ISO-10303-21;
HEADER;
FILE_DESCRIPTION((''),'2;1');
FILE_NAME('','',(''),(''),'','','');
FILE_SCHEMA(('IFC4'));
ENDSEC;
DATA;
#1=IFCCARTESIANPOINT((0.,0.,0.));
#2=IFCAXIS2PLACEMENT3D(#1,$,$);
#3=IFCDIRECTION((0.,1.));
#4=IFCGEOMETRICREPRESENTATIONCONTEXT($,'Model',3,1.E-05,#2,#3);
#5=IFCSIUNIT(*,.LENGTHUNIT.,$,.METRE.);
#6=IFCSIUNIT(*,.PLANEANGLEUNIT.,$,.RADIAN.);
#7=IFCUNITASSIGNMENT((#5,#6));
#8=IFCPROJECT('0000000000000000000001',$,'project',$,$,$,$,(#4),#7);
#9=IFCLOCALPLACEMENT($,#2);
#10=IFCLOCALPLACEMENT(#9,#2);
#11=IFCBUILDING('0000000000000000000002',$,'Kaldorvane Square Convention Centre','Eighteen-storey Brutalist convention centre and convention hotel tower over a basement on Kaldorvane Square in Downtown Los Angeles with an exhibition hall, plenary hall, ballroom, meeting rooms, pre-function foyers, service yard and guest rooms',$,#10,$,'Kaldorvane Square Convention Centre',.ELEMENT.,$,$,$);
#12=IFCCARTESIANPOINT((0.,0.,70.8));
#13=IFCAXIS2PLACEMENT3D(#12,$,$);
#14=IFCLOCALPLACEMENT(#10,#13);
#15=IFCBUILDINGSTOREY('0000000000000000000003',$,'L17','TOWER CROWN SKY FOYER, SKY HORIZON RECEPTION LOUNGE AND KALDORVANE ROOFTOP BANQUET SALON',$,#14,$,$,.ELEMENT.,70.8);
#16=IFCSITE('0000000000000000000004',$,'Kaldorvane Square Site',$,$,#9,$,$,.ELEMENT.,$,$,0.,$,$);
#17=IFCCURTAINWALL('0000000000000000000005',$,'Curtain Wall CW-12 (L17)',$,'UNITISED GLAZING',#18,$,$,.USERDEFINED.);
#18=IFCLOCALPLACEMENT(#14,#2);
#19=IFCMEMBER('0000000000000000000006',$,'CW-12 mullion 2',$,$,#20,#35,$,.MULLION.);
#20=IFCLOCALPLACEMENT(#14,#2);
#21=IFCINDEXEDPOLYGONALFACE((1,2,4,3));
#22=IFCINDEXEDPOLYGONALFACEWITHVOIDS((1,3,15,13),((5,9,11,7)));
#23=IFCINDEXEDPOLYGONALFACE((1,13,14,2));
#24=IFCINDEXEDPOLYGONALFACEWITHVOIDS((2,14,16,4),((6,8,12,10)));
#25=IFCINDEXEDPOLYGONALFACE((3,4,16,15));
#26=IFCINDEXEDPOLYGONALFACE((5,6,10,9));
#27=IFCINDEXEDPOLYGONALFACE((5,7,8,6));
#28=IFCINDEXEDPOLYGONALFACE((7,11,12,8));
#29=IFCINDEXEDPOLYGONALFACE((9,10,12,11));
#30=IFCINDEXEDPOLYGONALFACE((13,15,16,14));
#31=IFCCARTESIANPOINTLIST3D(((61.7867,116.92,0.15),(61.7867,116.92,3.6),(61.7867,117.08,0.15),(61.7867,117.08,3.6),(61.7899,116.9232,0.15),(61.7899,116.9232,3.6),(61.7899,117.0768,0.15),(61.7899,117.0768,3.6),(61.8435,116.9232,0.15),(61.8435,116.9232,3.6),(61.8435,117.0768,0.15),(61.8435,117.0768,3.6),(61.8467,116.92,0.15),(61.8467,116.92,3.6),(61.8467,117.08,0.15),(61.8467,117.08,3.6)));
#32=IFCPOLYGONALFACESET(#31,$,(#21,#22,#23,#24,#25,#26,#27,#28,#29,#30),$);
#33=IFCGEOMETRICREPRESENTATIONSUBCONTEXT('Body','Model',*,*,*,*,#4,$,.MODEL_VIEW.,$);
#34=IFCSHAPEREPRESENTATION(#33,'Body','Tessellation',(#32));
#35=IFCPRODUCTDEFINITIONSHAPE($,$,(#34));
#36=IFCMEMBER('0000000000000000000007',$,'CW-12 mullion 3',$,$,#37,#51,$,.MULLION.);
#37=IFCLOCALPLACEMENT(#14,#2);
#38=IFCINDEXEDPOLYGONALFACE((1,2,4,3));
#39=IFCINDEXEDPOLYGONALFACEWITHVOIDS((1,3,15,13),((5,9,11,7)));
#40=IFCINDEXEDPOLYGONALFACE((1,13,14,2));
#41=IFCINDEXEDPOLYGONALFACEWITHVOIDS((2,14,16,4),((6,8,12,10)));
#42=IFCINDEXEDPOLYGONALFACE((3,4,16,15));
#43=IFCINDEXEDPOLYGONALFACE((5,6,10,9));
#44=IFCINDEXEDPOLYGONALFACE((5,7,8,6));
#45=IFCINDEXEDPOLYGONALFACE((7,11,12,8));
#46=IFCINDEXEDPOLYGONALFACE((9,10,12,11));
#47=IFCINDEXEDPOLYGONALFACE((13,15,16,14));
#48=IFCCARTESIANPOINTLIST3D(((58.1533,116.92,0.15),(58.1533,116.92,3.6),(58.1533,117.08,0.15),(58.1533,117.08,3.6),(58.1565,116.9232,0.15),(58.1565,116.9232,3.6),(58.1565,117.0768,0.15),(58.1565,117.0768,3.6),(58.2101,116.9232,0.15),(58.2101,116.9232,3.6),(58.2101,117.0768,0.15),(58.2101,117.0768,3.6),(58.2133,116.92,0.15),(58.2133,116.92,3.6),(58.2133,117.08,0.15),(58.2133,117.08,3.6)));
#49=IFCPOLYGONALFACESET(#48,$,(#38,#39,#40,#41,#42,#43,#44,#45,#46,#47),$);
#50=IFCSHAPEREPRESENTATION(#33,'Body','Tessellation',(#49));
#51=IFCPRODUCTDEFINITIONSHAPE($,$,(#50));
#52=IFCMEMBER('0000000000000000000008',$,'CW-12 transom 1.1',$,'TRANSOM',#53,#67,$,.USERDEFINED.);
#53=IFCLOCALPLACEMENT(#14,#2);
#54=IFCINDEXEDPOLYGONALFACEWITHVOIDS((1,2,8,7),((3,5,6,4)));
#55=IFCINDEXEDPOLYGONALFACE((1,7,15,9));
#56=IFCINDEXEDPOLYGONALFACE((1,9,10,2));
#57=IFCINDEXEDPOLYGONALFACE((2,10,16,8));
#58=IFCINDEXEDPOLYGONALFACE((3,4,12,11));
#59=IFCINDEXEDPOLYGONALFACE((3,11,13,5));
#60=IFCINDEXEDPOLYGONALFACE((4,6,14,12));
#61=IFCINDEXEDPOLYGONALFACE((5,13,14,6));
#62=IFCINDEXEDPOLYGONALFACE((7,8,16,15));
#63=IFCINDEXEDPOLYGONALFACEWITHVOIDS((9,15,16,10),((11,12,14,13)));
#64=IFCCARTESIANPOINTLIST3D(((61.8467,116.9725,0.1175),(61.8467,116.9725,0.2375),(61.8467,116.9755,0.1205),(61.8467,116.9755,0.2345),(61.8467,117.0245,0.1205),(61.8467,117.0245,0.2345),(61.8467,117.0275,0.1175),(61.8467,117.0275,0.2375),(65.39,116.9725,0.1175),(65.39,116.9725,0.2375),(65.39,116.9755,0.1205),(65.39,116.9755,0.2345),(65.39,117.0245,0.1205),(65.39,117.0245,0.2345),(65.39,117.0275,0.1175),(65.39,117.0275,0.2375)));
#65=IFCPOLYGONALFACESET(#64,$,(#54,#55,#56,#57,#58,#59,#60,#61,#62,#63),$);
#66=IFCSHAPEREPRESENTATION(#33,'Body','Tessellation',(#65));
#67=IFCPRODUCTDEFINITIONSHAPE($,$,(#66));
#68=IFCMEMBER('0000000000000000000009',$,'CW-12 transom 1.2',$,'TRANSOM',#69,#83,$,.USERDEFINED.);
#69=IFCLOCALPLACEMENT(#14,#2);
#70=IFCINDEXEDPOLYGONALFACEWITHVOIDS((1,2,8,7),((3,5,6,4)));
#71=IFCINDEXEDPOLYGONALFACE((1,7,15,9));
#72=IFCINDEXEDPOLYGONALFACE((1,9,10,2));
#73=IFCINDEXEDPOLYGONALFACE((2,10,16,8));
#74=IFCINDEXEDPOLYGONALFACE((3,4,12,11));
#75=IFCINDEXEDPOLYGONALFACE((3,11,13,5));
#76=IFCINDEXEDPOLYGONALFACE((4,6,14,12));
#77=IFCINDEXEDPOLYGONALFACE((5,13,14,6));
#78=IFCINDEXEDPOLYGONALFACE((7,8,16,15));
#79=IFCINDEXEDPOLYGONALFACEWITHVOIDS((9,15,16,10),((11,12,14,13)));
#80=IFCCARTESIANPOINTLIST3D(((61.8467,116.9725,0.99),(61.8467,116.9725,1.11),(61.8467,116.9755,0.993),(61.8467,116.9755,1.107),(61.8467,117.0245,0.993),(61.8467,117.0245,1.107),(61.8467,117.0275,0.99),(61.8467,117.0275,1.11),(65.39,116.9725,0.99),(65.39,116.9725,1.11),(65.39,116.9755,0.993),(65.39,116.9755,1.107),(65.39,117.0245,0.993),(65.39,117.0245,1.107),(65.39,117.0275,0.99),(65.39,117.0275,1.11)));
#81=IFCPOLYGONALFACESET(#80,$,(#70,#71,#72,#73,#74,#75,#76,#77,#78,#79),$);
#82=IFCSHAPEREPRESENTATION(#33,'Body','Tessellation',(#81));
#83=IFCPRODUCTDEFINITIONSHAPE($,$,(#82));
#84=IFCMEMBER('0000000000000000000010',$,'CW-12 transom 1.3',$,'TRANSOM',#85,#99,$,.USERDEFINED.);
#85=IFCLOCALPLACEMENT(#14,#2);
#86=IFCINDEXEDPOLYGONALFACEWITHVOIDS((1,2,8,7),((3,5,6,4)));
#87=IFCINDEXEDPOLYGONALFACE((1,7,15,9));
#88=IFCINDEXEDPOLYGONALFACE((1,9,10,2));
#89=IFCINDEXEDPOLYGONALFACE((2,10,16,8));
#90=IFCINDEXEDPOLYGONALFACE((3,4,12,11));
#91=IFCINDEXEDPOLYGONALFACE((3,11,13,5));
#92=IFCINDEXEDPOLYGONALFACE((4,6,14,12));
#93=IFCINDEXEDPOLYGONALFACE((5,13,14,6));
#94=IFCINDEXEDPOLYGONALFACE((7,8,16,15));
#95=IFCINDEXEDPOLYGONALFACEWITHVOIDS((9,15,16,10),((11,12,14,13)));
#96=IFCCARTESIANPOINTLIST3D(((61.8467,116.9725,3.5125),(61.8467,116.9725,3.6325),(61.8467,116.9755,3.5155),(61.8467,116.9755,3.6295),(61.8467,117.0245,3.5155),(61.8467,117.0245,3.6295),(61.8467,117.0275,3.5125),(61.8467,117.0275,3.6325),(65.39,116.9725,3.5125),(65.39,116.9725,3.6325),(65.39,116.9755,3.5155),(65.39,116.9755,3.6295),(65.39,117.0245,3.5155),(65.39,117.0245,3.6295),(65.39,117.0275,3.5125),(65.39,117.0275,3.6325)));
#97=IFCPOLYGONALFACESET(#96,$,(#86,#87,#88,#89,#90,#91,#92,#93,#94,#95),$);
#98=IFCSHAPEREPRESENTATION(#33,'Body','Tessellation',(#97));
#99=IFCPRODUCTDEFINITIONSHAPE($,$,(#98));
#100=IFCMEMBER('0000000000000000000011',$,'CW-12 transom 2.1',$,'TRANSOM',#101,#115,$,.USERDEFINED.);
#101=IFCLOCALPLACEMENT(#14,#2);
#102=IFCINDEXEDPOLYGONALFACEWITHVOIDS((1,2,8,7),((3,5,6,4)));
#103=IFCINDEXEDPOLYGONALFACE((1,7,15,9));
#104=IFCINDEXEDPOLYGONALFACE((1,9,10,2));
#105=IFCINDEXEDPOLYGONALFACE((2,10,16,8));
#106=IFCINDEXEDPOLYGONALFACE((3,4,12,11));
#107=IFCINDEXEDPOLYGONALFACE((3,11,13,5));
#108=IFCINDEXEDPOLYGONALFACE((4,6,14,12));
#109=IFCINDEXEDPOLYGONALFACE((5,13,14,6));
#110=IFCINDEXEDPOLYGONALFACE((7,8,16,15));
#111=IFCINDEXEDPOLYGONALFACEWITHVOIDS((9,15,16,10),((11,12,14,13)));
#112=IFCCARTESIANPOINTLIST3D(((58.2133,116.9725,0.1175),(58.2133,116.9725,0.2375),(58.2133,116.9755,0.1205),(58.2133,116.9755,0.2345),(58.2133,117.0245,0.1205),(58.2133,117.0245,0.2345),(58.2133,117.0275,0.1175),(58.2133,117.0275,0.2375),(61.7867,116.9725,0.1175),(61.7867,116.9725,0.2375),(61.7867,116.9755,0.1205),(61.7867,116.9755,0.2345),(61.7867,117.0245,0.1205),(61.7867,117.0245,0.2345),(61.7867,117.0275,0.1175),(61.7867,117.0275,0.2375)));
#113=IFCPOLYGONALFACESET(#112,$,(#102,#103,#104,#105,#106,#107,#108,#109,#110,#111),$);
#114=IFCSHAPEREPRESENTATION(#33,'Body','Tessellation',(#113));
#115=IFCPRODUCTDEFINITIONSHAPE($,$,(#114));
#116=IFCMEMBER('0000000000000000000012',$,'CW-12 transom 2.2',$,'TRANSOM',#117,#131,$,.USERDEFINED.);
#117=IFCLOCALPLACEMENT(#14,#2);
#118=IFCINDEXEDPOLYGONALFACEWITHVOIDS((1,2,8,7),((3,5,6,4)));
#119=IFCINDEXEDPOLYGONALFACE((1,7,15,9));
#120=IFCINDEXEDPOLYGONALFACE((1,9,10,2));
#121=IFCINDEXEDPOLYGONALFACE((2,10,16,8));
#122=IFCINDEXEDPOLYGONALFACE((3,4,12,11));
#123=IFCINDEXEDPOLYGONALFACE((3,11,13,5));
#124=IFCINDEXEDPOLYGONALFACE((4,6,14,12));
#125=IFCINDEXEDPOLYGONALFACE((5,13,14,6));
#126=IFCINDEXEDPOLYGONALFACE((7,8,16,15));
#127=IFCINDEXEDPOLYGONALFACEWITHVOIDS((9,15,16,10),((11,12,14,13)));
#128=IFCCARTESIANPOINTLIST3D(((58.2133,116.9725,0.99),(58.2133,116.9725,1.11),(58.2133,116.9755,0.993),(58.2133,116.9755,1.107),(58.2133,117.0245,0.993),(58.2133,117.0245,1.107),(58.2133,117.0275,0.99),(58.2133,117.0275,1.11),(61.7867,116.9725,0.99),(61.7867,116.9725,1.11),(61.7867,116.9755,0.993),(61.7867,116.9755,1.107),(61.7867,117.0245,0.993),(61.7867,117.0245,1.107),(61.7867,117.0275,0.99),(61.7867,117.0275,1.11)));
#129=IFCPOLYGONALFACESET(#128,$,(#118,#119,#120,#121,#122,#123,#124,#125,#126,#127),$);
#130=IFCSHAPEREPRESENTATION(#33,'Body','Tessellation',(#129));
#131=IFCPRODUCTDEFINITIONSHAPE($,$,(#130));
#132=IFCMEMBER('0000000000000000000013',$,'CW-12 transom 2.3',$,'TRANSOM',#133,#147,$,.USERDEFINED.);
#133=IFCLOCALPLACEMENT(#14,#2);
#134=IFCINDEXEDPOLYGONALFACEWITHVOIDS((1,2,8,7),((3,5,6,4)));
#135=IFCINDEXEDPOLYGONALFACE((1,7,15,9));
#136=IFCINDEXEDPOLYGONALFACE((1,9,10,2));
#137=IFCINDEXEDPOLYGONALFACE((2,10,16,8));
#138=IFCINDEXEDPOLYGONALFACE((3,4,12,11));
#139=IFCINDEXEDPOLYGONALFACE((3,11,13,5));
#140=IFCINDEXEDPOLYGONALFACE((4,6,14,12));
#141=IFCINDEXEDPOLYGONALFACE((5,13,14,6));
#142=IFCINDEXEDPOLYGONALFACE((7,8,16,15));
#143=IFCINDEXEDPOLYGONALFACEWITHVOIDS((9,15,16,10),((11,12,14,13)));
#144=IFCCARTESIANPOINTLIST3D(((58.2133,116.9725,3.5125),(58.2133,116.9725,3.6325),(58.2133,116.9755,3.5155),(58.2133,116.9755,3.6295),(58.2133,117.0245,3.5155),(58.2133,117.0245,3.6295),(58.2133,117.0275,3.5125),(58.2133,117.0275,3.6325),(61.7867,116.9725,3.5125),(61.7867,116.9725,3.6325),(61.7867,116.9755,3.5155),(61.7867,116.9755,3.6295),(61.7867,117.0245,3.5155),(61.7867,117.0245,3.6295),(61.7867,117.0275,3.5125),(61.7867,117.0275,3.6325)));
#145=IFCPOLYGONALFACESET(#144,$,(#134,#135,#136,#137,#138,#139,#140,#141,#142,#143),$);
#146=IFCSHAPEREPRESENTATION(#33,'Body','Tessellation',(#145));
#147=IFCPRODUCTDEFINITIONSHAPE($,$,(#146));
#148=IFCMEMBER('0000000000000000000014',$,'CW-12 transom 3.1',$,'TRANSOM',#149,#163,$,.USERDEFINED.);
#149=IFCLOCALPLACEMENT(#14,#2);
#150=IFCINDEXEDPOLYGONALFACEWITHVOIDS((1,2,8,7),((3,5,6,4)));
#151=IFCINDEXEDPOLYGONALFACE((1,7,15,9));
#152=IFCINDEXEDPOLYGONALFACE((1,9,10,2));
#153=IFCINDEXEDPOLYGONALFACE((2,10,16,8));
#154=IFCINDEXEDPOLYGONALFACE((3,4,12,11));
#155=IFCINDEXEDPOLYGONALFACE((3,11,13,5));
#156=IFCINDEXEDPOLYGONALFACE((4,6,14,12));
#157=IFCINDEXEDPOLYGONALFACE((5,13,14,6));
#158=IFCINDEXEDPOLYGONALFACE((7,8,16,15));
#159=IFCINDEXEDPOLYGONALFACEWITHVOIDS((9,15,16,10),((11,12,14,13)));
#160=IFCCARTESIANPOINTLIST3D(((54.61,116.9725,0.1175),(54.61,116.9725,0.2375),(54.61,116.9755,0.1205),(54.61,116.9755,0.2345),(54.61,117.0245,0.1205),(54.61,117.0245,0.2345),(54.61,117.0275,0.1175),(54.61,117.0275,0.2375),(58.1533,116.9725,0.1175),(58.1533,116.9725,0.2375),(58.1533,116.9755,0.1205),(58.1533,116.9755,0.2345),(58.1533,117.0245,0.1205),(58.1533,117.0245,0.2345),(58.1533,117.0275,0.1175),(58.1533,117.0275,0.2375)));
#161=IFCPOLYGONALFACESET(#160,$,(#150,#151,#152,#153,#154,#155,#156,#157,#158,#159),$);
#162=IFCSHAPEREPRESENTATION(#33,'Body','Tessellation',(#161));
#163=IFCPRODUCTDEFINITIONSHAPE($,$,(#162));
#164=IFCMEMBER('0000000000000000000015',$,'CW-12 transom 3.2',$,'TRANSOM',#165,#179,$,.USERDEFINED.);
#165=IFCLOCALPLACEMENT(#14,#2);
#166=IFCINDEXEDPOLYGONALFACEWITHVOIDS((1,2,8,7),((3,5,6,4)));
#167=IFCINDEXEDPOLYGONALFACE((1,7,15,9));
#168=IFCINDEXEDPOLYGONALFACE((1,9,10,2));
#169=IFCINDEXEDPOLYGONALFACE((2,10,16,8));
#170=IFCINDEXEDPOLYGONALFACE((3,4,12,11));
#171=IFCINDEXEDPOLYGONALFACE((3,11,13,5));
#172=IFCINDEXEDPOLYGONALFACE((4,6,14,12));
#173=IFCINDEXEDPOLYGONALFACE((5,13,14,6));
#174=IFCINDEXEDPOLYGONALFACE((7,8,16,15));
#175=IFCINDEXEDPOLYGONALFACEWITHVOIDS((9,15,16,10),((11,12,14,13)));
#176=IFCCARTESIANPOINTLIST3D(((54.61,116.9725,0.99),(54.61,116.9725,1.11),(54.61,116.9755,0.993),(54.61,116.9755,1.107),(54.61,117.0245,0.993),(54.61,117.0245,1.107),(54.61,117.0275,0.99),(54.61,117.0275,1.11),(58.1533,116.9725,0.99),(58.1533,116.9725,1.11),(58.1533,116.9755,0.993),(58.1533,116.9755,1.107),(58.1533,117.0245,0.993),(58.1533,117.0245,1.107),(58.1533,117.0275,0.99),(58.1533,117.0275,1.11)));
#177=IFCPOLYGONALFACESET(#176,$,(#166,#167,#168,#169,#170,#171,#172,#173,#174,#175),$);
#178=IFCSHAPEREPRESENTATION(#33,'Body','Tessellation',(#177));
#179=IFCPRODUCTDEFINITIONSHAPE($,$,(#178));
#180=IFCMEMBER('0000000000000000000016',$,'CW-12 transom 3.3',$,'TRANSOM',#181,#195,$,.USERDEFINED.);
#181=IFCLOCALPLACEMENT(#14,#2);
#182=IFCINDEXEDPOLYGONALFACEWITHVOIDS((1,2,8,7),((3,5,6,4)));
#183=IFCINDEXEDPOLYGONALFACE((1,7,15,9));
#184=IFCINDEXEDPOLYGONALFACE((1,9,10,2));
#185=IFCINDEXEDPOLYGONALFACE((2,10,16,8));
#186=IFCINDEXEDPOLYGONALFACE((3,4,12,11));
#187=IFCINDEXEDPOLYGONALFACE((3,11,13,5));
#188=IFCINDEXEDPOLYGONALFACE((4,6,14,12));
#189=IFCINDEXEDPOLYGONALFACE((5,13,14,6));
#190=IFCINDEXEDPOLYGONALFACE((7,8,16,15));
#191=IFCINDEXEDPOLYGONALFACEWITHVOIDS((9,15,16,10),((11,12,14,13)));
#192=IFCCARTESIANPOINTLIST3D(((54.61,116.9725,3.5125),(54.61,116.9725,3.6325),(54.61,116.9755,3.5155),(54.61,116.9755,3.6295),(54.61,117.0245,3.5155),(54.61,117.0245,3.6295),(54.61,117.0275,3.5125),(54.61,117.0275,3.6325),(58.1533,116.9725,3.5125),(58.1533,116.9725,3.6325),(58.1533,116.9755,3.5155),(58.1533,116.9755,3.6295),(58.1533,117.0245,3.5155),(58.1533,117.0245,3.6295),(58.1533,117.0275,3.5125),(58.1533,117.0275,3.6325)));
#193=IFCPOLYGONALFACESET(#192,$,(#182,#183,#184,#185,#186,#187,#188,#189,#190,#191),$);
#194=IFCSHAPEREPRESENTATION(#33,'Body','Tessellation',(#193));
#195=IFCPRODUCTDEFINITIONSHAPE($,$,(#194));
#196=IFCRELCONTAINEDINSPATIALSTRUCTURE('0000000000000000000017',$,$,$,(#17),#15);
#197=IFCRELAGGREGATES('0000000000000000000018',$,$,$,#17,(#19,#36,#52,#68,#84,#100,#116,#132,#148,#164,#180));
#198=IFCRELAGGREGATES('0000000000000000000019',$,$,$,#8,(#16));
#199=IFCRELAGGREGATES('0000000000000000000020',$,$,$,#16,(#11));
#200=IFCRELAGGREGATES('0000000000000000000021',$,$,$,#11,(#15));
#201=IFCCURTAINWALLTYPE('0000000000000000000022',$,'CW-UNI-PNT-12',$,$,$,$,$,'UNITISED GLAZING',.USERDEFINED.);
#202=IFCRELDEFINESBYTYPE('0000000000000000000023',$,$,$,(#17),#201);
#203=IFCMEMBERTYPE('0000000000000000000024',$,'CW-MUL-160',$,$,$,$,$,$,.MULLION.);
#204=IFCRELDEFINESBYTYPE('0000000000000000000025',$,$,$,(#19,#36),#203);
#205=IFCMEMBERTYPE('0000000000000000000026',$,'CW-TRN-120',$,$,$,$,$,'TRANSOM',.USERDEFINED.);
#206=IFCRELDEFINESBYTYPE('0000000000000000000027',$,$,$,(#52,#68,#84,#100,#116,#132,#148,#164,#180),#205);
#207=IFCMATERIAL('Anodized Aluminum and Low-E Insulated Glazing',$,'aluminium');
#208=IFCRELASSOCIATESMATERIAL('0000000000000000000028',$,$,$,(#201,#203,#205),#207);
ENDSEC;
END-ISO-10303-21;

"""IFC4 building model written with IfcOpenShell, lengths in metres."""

from ifc_helpers import new_model, si_unit, direction, frame, origin, origin_2d, place, context, subcontext, project, spatial, hollow_rectangle, extrude, material, material_profile, profile_set, type_object, element, aggregate, save


model = new_model("IFC4")

# Units and contexts
model_context = context("Model", 3, precision=1e-05, world=origin(), true_north=direction((0.0, 1.0)))
body_context = subcontext(model_context, "Body", "Model", "MODEL_VIEW")
ifc_project = project(units=[si_unit("LENGTHUNIT", "METRE"), si_unit("PLANEANGLEUNIT", "RADIAN")], contexts=[model_context])

# Site, building, storey
site_placement = place(None, origin())
site = spatial("IfcSite", under=ifc_project, at=site_placement, Name="Kaldorvane Square Site", CompositionType="ELEMENT", RefElevation=0.0)
building_placement = place(site_placement, origin())
building = spatial("IfcBuilding", under=site, at=building_placement, Name="Kaldorvane Square Convention Centre", Description="Eighteen-storey Brutalist convention centre and convention hotel tower over a basement on Kaldorvane Square in Downtown Los Angeles with an exhibition hall, plenary hall, ballroom, meeting rooms, pre-function foyers, service yard and guest rooms", LongName="Kaldorvane Square Convention Centre", CompositionType="ELEMENT")
storey_placement = place(building_placement, frame((0.0, 0.0, 70.8)))
storey = spatial("IfcBuildingStorey", under=building, at=storey_placement, Name="L17", Description="TOWER CROWN SKY FOYER, SKY HORIZON RECEPTION LOUNGE AND KALDORVANE ROOFTOP BANQUET SALON", CompositionType="ELEMENT", Elevation=70.8)

# Curtain wall, members
ifc_material_1 = material(Name="Anodized Aluminum and Low-E Insulated Glazing", Category="aluminium")
curtain_wall_type = type_object("IfcCurtainWallType", Name="CW-UNI-PNT-12", ElementType="UNITISED GLAZING", PredefinedType="USERDEFINED", material=ifc_material_1)
curtain_wall_placement = place(storey_placement, origin())
curtain_wall = element("IfcCurtainWall", 1, at=curtain_wall_placement, inside=storey, type_object=curtain_wall_type, Name="Curtain Wall CW-12 (L17)", ObjectType="UNITISED GLAZING", PredefinedType="USERDEFINED")
ifc_material_profile_1 = material_profile(ifc_material_1, hollow_rectangle(XDim=0.06, YDim=0.16, WallThickness=0.0032, at=origin_2d()), Name="CWM-160X60")
ifc_profile_set_1 = profile_set([ifc_material_profile_1], Name="Anodized Aluminum and Low-E Insulated Glazing")
member_type_1 = type_object("IfcMemberType", Name="CW-MUL-160", PredefinedType="MULLION", material=ifc_profile_set_1)
member_1_placement = place(storey_placement, frame((61.8167, 117.0, 0.15), z_axis=(0.0, 0.0, 1.0), x_axis=(-1.0, 0.0, 0.0)))
member_1 = element("IfcMember", 2, at=member_1_placement, type_object=member_type_1, Name="CW-12 mullion 2", PredefinedType="MULLION", context=body_context, shape_type="SweptSolid", body=[
    extrude(hollow_rectangle(XDim=0.06, YDim=0.16, WallThickness=0.0032, at=origin_2d()), origin(), (0.0, 0.0, 1.0), 3.45),
])
member_2_placement = place(storey_placement, frame((58.1833, 117.0, 0.15), z_axis=(0.0, 0.0, 1.0), x_axis=(-1.0, 0.0, 0.0)))
member_2 = element("IfcMember", 3, at=member_2_placement, type_object=member_type_1, Name="CW-12 mullion 3", PredefinedType="MULLION", context=body_context, shape_type="SweptSolid", body=[
    extrude(hollow_rectangle(XDim=0.06, YDim=0.16, WallThickness=0.0032, at=origin_2d()), origin(), (0.0, 0.0, 1.0), 3.45),
])
ifc_material_profile_2 = material_profile(ifc_material_1, hollow_rectangle(XDim=0.055, YDim=0.12, WallThickness=0.003, at=origin_2d()), Name="CWT-120X55")
ifc_profile_set_2 = profile_set([ifc_material_profile_2], Name="Anodized Aluminum and Low-E Insulated Glazing")
member_type_2 = type_object("IfcMemberType", Name="CW-TRN-120", ElementType="TRANSOM", PredefinedType="USERDEFINED", material=ifc_profile_set_2)
member_3_placement = place(storey_placement, frame((65.39, 117.0, 0.1775), z_axis=(-1.0, 0.0, 0.0), x_axis=(0.0, -1.0, 0.0)))
member_3 = element("IfcMember", 4, at=member_3_placement, type_object=member_type_2, Name="CW-12 transom 1.1", ObjectType="TRANSOM", PredefinedType="USERDEFINED", context=body_context, shape_type="SweptSolid", body=[
    extrude(hollow_rectangle(XDim=0.055, YDim=0.12, WallThickness=0.003, at=origin_2d()), origin(), (0.0, 0.0, 1.0), 3.5433),
])
member_4_placement = place(storey_placement, frame((65.39, 117.0, 1.05), z_axis=(-1.0, 0.0, 0.0), x_axis=(0.0, -1.0, 0.0)))
member_4 = element("IfcMember", 5, at=member_4_placement, type_object=member_type_2, Name="CW-12 transom 1.2", ObjectType="TRANSOM", PredefinedType="USERDEFINED", context=body_context, shape_type="SweptSolid", body=[
    extrude(hollow_rectangle(XDim=0.055, YDim=0.12, WallThickness=0.003, at=origin_2d()), origin(), (0.0, 0.0, 1.0), 3.5433),
])
member_5_placement = place(storey_placement, frame((65.39, 117.0, 3.5725), z_axis=(-1.0, 0.0, 0.0), x_axis=(0.0, -1.0, 0.0)))
member_5 = element("IfcMember", 6, at=member_5_placement, type_object=member_type_2, Name="CW-12 transom 1.3", ObjectType="TRANSOM", PredefinedType="USERDEFINED", context=body_context, shape_type="SweptSolid", body=[
    extrude(hollow_rectangle(XDim=0.055, YDim=0.12, WallThickness=0.003, at=origin_2d()), origin(), (0.0, 0.0, 1.0), 3.5433),
])
member_6_placement = place(storey_placement, frame((61.7867, 117.0, 0.1775), z_axis=(-1.0, 0.0, 0.0), x_axis=(0.0, -1.0, 0.0)))
member_6 = element("IfcMember", 7, at=member_6_placement, type_object=member_type_2, Name="CW-12 transom 2.1", ObjectType="TRANSOM", PredefinedType="USERDEFINED", context=body_context, shape_type="SweptSolid", body=[
    extrude(hollow_rectangle(XDim=0.055, YDim=0.12, WallThickness=0.003, at=origin_2d()), origin(), (0.0, 0.0, 1.0), 3.5733),
])
member_7_placement = place(storey_placement, frame((61.7867, 117.0, 1.05), z_axis=(-1.0, 0.0, 0.0), x_axis=(0.0, -1.0, 0.0)))
member_7 = element("IfcMember", 8, at=member_7_placement, type_object=member_type_2, Name="CW-12 transom 2.2", ObjectType="TRANSOM", PredefinedType="USERDEFINED", context=body_context, shape_type="SweptSolid", body=[
    extrude(hollow_rectangle(XDim=0.055, YDim=0.12, WallThickness=0.003, at=origin_2d()), origin(), (0.0, 0.0, 1.0), 3.5733),
])
member_8_placement = place(storey_placement, frame((61.7867, 117.0, 3.5725), z_axis=(-1.0, 0.0, 0.0), x_axis=(0.0, -1.0, 0.0)))
member_8 = element("IfcMember", 9, at=member_8_placement, type_object=member_type_2, Name="CW-12 transom 2.3", ObjectType="TRANSOM", PredefinedType="USERDEFINED", context=body_context, shape_type="SweptSolid", body=[
    extrude(hollow_rectangle(XDim=0.055, YDim=0.12, WallThickness=0.003, at=origin_2d()), origin(), (0.0, 0.0, 1.0), 3.5733),
])
member_9_placement = place(storey_placement, frame((58.1533, 117.0, 0.1775), z_axis=(-1.0, 0.0, 0.0), x_axis=(0.0, -1.0, 0.0)))
member_9 = element("IfcMember", 10, at=member_9_placement, type_object=member_type_2, Name="CW-12 transom 3.1", ObjectType="TRANSOM", PredefinedType="USERDEFINED", context=body_context, shape_type="SweptSolid", body=[
    extrude(hollow_rectangle(XDim=0.055, YDim=0.12, WallThickness=0.003, at=origin_2d()), origin(), (0.0, 0.0, 1.0), 3.5433),
])
member_10_placement = place(storey_placement, frame((58.1533, 117.0, 1.05), z_axis=(-1.0, 0.0, 0.0), x_axis=(0.0, -1.0, 0.0)))
member_10 = element("IfcMember", 11, at=member_10_placement, type_object=member_type_2, Name="CW-12 transom 3.2", ObjectType="TRANSOM", PredefinedType="USERDEFINED", context=body_context, shape_type="SweptSolid", body=[
    extrude(hollow_rectangle(XDim=0.055, YDim=0.12, WallThickness=0.003, at=origin_2d()), origin(), (0.0, 0.0, 1.0), 3.5433),
])
member_11_placement = place(storey_placement, frame((58.1533, 117.0, 3.5725), z_axis=(-1.0, 0.0, 0.0), x_axis=(0.0, -1.0, 0.0)))
member_11 = element("IfcMember", 12, at=member_11_placement, type_object=member_type_2, Name="CW-12 transom 3.3", ObjectType="TRANSOM", PredefinedType="USERDEFINED", context=body_context, shape_type="SweptSolid", body=[
    extrude(hollow_rectangle(XDim=0.055, YDim=0.12, WallThickness=0.003, at=origin_2d()), origin(), (0.0, 0.0, 1.0), 3.5433),
])
aggregate(curtain_wall, [member_1, member_2, member_3, member_4, member_5, member_6, member_7, member_8, member_9, member_10, member_11])

save(model, "model.ifc")
